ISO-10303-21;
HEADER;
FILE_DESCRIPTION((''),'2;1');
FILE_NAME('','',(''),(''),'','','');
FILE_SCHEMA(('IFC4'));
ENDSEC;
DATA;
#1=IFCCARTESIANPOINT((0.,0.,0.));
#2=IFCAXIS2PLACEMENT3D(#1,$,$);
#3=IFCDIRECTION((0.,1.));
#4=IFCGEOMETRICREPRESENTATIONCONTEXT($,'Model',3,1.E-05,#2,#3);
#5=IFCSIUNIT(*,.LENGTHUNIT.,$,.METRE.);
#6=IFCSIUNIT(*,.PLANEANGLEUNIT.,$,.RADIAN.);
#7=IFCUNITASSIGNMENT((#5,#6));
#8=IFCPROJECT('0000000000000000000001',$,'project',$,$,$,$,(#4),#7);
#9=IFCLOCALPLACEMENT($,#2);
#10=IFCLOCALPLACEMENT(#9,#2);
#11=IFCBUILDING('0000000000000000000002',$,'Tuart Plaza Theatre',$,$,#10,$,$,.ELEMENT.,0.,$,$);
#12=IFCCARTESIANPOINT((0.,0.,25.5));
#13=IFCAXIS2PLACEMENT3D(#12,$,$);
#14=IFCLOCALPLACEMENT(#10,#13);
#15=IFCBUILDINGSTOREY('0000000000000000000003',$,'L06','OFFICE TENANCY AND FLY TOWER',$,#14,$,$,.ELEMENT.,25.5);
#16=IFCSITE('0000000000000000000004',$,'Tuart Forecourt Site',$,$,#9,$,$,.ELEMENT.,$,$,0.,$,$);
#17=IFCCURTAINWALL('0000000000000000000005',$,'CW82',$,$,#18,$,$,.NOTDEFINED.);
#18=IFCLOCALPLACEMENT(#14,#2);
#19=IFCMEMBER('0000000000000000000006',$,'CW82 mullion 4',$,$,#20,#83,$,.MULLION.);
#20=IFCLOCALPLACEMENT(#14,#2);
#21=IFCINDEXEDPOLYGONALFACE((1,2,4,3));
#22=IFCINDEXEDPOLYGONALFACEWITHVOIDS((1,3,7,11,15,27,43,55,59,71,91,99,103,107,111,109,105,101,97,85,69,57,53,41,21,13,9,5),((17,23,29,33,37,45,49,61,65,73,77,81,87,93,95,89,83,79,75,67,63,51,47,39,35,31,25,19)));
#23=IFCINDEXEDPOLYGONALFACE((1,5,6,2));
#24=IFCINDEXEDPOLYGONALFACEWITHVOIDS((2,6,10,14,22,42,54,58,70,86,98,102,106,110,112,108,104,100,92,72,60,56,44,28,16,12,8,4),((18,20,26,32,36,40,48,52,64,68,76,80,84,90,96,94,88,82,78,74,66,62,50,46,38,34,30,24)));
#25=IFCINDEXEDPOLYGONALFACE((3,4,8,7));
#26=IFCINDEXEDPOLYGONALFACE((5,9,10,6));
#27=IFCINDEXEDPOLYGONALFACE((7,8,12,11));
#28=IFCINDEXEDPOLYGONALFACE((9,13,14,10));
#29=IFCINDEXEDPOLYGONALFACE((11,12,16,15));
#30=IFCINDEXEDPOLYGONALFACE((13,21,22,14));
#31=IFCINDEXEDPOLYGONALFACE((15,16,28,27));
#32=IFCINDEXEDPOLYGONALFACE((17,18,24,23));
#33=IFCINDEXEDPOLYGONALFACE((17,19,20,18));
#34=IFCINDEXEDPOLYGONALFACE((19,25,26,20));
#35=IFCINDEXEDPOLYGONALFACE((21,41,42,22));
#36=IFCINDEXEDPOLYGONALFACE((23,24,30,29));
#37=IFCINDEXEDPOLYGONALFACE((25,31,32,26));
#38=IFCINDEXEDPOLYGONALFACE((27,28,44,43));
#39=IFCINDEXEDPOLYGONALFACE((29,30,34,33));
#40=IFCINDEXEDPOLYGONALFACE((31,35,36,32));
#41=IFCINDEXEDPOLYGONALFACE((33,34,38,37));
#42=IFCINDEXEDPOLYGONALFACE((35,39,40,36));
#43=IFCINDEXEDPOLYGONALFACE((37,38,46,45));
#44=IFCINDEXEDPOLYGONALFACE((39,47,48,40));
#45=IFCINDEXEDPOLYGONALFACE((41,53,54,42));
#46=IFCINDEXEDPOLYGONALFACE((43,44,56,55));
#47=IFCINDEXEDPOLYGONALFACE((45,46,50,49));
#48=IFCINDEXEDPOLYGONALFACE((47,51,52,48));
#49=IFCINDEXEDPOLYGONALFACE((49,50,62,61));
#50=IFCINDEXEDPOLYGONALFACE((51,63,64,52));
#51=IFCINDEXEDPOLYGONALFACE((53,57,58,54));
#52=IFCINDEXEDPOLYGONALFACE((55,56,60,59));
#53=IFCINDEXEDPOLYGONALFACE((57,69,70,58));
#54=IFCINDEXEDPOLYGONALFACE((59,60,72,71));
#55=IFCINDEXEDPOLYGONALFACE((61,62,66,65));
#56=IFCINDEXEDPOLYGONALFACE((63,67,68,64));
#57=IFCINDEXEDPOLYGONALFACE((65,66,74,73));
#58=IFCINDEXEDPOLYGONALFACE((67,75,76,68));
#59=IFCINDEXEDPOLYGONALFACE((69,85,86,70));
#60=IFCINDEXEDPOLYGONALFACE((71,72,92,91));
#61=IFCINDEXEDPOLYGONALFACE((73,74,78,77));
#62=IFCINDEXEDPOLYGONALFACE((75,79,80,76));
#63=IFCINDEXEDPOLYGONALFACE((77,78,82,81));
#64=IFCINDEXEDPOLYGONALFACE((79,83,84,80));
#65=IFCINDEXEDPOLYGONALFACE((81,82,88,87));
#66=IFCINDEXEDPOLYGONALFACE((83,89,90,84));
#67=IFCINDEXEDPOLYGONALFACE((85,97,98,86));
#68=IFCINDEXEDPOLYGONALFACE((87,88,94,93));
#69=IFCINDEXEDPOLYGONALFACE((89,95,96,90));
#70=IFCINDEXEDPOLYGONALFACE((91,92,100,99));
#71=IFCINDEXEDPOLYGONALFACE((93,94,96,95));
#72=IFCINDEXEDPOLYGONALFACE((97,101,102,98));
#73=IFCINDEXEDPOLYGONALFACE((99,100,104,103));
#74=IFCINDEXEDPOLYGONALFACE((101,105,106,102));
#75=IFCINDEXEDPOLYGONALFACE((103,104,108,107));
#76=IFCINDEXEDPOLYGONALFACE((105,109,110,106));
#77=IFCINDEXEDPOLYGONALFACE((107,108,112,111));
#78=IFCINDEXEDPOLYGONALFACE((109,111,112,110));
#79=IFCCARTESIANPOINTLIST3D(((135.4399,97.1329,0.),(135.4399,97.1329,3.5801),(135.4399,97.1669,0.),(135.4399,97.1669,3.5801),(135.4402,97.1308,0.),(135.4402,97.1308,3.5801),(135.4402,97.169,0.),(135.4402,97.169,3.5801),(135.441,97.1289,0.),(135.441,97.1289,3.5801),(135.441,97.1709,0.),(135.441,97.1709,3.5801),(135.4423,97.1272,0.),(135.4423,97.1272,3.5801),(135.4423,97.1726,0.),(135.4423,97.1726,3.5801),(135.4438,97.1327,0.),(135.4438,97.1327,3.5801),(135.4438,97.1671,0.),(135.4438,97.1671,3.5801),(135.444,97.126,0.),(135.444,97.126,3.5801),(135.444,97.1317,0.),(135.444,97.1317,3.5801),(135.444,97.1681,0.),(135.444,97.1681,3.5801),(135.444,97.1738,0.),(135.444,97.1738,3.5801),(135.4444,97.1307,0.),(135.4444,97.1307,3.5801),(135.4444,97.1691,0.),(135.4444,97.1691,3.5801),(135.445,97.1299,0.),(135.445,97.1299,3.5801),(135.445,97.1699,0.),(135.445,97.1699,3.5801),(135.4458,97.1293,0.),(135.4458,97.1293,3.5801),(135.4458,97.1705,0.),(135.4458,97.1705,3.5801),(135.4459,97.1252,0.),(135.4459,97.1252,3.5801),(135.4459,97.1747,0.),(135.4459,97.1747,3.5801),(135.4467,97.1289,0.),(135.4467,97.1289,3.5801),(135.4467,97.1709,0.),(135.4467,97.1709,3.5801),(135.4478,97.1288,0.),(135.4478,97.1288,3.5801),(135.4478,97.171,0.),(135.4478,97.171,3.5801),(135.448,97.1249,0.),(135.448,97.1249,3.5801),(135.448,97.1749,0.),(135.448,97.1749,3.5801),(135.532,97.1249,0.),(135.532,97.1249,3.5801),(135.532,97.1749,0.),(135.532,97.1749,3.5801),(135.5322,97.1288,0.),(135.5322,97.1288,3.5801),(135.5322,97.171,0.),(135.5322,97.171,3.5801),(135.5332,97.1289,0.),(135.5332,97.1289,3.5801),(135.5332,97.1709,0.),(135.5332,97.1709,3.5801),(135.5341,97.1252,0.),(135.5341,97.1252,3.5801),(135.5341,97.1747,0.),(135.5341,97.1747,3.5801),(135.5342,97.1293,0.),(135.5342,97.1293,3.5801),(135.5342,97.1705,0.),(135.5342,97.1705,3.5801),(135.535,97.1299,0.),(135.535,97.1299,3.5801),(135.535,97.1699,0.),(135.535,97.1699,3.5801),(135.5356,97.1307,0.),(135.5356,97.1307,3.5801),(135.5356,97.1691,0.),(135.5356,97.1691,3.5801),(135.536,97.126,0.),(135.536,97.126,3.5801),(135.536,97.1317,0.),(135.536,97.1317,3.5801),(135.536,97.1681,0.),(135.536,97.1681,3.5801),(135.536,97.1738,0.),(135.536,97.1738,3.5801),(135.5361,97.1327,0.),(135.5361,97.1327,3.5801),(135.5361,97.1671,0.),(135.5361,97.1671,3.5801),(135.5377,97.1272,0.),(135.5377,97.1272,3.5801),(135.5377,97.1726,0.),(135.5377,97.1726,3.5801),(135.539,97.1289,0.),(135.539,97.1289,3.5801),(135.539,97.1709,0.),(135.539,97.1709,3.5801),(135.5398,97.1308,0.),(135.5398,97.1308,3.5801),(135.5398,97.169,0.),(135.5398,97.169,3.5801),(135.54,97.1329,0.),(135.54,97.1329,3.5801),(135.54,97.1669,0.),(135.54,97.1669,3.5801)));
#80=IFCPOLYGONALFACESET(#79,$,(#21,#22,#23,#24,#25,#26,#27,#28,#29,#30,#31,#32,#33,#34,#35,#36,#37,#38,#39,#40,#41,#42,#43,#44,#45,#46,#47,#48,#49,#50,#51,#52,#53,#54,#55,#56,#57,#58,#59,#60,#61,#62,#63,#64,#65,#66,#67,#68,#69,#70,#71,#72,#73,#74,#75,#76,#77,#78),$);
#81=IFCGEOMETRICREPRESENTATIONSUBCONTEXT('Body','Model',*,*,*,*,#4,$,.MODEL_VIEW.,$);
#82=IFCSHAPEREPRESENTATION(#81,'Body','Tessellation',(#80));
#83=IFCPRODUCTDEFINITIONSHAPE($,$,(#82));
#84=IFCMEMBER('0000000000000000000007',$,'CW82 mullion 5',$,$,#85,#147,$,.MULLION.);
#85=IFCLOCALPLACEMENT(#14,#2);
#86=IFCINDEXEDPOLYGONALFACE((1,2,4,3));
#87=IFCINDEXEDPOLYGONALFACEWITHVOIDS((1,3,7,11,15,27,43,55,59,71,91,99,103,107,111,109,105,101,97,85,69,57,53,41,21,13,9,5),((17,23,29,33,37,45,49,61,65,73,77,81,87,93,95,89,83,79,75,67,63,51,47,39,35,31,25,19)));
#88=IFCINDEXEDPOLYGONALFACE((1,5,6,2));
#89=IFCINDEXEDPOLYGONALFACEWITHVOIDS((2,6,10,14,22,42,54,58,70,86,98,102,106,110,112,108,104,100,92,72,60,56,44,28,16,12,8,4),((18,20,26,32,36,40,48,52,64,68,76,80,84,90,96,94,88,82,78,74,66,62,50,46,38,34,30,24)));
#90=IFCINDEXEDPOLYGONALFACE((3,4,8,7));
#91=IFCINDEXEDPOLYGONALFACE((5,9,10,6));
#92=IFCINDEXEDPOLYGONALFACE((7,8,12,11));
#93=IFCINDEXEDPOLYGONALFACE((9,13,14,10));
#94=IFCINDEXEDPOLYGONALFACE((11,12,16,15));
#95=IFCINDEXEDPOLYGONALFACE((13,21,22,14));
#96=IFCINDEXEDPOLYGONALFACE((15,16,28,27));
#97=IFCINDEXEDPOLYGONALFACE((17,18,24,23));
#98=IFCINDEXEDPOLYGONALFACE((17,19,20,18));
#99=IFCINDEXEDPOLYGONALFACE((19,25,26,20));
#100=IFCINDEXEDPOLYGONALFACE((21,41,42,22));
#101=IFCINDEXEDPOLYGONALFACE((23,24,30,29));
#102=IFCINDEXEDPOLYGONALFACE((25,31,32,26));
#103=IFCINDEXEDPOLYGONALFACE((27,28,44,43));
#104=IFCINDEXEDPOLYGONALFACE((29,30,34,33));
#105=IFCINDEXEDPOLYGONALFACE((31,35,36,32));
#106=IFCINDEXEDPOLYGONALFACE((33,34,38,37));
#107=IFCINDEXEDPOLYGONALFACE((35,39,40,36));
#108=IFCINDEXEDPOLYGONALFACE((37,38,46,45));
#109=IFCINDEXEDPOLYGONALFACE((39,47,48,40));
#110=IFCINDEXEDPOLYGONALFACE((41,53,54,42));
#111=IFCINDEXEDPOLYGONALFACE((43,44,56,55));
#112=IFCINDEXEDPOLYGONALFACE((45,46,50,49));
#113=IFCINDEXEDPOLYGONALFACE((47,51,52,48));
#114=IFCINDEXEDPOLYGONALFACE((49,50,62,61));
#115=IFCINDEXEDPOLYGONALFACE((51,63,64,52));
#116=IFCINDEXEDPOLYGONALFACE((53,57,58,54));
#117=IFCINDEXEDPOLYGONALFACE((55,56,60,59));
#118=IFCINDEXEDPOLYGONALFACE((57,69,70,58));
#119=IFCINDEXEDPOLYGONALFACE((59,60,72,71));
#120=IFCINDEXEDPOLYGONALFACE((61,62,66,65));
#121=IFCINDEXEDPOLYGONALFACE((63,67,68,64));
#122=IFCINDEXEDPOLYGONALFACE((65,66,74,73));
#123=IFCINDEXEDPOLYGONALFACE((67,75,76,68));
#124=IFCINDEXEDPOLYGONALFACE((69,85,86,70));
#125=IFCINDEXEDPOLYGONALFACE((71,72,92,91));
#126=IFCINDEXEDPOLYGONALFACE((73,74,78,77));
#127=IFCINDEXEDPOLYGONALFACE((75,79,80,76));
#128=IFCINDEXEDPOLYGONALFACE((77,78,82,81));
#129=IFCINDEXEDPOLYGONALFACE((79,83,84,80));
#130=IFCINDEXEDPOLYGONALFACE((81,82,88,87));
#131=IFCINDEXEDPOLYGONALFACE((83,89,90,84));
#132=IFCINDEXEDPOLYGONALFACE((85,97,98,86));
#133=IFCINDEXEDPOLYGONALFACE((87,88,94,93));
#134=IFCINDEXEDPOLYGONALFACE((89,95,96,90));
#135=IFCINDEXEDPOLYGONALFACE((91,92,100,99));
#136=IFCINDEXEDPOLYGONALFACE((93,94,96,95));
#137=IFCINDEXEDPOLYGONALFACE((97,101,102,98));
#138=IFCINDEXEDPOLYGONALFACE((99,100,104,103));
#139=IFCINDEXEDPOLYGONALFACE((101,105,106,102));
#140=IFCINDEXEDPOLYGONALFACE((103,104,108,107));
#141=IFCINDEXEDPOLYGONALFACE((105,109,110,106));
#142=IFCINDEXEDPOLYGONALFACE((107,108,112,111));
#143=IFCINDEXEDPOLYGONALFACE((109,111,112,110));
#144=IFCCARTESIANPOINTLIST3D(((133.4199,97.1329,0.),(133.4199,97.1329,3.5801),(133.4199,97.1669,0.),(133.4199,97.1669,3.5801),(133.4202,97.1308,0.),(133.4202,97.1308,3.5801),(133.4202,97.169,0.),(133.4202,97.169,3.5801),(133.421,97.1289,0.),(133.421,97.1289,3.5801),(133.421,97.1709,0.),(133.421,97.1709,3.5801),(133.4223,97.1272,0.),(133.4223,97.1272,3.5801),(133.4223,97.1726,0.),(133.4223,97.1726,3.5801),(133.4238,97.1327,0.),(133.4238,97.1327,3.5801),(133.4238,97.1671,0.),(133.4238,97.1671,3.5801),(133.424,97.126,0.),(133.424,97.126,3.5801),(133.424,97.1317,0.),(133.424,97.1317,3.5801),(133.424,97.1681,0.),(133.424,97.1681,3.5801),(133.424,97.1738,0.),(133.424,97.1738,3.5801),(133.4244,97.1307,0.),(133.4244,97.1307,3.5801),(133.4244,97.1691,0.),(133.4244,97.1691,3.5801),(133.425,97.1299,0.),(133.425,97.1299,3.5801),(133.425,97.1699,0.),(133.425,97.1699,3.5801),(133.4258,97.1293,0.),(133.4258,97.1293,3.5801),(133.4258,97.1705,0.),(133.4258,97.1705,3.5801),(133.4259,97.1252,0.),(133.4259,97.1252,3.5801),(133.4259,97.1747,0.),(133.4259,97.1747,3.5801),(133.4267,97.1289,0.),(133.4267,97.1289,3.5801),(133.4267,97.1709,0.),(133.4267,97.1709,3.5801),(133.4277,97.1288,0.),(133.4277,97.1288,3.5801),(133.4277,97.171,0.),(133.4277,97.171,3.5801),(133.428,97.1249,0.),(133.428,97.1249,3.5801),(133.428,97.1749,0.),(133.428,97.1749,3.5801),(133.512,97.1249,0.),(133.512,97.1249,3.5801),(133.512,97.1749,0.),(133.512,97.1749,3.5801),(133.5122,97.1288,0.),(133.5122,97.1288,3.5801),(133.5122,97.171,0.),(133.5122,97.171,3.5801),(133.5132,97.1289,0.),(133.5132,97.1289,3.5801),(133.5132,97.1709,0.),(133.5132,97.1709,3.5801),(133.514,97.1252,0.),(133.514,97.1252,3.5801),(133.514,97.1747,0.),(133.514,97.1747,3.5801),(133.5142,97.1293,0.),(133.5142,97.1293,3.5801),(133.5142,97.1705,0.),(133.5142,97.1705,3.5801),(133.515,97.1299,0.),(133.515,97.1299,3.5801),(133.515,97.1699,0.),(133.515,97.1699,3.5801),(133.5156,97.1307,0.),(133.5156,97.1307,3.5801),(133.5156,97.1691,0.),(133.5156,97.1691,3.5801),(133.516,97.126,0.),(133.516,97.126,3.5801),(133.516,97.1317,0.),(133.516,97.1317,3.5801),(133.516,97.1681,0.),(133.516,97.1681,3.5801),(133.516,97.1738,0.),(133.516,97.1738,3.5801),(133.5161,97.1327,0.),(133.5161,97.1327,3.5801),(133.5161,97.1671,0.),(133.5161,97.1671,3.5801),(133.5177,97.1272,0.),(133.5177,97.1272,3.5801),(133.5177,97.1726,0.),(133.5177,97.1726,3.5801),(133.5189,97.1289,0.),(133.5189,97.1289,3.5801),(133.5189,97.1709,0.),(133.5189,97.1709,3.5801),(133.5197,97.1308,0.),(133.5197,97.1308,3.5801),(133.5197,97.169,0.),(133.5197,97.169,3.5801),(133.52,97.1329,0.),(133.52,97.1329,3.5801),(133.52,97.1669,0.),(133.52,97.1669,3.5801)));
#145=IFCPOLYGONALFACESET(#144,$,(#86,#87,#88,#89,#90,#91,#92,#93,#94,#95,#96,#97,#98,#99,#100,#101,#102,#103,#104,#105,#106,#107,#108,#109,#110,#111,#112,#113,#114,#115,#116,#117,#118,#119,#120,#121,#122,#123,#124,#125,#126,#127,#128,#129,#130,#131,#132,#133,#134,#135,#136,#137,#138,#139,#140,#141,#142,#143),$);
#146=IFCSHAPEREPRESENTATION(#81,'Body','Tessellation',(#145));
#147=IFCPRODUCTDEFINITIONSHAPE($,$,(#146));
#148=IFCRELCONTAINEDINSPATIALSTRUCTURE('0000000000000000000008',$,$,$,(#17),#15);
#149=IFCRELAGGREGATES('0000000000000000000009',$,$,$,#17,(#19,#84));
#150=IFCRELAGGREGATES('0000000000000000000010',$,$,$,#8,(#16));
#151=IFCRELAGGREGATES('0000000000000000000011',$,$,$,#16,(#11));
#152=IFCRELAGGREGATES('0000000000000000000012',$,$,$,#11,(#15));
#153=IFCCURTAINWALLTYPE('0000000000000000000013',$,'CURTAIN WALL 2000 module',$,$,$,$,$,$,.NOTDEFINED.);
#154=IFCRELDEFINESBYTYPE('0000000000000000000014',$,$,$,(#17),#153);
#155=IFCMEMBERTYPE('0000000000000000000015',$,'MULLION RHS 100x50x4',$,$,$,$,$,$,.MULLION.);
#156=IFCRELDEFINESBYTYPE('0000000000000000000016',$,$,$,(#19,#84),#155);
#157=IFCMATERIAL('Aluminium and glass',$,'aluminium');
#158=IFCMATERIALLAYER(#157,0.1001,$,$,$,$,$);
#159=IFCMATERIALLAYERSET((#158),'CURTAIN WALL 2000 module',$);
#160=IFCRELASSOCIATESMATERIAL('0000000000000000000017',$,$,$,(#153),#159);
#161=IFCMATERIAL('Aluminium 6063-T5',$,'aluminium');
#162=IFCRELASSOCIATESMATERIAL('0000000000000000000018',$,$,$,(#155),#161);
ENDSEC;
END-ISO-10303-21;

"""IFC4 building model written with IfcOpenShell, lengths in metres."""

from ifc_helpers import new_model, si_unit, direction, frame, origin, origin_2d, place, context, subcontext, project, spatial, hollow_rectangle, extrude, material, layer, layer_set, material_profile, profile_set, type_object, element, aggregate, save


model = new_model("IFC4")

# Units and contexts
model_context = context("Model", 3, precision=1e-05, world=origin(), true_north=direction((0.0, 1.0)))
body_context = subcontext(model_context, "Body", "Model", "MODEL_VIEW")
ifc_project = project(units=[si_unit("LENGTHUNIT", "METRE"), si_unit("PLANEANGLEUNIT", "RADIAN")], contexts=[model_context])

# Site, building, storey
site_placement = place(None, origin())
site = spatial("IfcSite", under=ifc_project, at=site_placement, Name="Tuart Forecourt Site", CompositionType="ELEMENT", RefElevation=0.0)
building_placement = place(site_placement, origin())
building = spatial("IfcBuilding", under=site, at=building_placement, Name="Tuart Plaza Theatre", CompositionType="ELEMENT", ElevationOfRefHeight=0.0)
storey_placement = place(building_placement, frame((0.0, 0.0, 25.5)))
storey = spatial("IfcBuildingStorey", under=building, at=storey_placement, Name="L06", Description="OFFICE TENANCY AND FLY TOWER", CompositionType="ELEMENT", Elevation=25.5)

# Curtain wall, members
ifc_material_1 = material(Name="Aluminium and glass", Category="aluminium")
ifc_layer_1 = layer(ifc_material_1, 0.1001)
ifc_layer_set_1 = layer_set([ifc_layer_1], Name="CURTAIN WALL 2000 module")
curtain_wall_type = type_object("IfcCurtainWallType", Name="CURTAIN WALL 2000 module", PredefinedType="NOTDEFINED", material=ifc_layer_set_1)
curtain_wall_placement = place(storey_placement, origin())
curtain_wall = element("IfcCurtainWall", 1, at=curtain_wall_placement, inside=storey, type_object=curtain_wall_type, Name="CW82", PredefinedType="NOTDEFINED")
ifc_material_2 = material(Name="Aluminium 6063-T5", Category="aluminium")
ifc_material_profile_1 = material_profile(ifc_material_2, hollow_rectangle(XDim=0.05, YDim=0.1001, WallThickness=0.0039, InnerFilletRadius=0.0039, OuterFilletRadius=0.0081, at=origin_2d()), Name="RHS 100x50x4")
ifc_profile_set_1 = profile_set([ifc_material_profile_1], Name="Aluminium 6063-T5")
member_type_1 = type_object("IfcMemberType", Name="MULLION RHS 100x50x4", PredefinedType="MULLION", material=ifc_profile_set_1)
member_1_placement = place(storey_placement, frame((135.49, 97.1499, 0.0), z_axis=(0.0, 0.0, 1.0), x_axis=(0.0, -1.0, 0.0)))
member_1 = element("IfcMember", 2, at=member_1_placement, type_object=member_type_1, Name="CW82 mullion 4", PredefinedType="MULLION", context=body_context, shape_type="SweptSolid", body=[
    extrude(hollow_rectangle(XDim=0.05, YDim=0.1001, WallThickness=0.0039, InnerFilletRadius=0.0039, OuterFilletRadius=0.0081, at=origin_2d()), origin(), (0.0, 0.0, 1.0), 3.5801),
])
member_2_placement = place(storey_placement, frame((133.47, 97.1499, 0.0), z_axis=(0.0, 0.0, 1.0), x_axis=(0.0, -1.0, 0.0)))
member_2 = element("IfcMember", 3, at=member_2_placement, type_object=member_type_1, Name="CW82 mullion 5", PredefinedType="MULLION", context=body_context, shape_type="SweptSolid", body=[
    extrude(hollow_rectangle(XDim=0.05, YDim=0.1001, WallThickness=0.0039, InnerFilletRadius=0.0039, OuterFilletRadius=0.0081, at=origin_2d()), origin(), (0.0, 0.0, 1.0), 3.5801),
])
aggregate(curtain_wall, [member_1, member_2])

save(model, "model.ifc")
